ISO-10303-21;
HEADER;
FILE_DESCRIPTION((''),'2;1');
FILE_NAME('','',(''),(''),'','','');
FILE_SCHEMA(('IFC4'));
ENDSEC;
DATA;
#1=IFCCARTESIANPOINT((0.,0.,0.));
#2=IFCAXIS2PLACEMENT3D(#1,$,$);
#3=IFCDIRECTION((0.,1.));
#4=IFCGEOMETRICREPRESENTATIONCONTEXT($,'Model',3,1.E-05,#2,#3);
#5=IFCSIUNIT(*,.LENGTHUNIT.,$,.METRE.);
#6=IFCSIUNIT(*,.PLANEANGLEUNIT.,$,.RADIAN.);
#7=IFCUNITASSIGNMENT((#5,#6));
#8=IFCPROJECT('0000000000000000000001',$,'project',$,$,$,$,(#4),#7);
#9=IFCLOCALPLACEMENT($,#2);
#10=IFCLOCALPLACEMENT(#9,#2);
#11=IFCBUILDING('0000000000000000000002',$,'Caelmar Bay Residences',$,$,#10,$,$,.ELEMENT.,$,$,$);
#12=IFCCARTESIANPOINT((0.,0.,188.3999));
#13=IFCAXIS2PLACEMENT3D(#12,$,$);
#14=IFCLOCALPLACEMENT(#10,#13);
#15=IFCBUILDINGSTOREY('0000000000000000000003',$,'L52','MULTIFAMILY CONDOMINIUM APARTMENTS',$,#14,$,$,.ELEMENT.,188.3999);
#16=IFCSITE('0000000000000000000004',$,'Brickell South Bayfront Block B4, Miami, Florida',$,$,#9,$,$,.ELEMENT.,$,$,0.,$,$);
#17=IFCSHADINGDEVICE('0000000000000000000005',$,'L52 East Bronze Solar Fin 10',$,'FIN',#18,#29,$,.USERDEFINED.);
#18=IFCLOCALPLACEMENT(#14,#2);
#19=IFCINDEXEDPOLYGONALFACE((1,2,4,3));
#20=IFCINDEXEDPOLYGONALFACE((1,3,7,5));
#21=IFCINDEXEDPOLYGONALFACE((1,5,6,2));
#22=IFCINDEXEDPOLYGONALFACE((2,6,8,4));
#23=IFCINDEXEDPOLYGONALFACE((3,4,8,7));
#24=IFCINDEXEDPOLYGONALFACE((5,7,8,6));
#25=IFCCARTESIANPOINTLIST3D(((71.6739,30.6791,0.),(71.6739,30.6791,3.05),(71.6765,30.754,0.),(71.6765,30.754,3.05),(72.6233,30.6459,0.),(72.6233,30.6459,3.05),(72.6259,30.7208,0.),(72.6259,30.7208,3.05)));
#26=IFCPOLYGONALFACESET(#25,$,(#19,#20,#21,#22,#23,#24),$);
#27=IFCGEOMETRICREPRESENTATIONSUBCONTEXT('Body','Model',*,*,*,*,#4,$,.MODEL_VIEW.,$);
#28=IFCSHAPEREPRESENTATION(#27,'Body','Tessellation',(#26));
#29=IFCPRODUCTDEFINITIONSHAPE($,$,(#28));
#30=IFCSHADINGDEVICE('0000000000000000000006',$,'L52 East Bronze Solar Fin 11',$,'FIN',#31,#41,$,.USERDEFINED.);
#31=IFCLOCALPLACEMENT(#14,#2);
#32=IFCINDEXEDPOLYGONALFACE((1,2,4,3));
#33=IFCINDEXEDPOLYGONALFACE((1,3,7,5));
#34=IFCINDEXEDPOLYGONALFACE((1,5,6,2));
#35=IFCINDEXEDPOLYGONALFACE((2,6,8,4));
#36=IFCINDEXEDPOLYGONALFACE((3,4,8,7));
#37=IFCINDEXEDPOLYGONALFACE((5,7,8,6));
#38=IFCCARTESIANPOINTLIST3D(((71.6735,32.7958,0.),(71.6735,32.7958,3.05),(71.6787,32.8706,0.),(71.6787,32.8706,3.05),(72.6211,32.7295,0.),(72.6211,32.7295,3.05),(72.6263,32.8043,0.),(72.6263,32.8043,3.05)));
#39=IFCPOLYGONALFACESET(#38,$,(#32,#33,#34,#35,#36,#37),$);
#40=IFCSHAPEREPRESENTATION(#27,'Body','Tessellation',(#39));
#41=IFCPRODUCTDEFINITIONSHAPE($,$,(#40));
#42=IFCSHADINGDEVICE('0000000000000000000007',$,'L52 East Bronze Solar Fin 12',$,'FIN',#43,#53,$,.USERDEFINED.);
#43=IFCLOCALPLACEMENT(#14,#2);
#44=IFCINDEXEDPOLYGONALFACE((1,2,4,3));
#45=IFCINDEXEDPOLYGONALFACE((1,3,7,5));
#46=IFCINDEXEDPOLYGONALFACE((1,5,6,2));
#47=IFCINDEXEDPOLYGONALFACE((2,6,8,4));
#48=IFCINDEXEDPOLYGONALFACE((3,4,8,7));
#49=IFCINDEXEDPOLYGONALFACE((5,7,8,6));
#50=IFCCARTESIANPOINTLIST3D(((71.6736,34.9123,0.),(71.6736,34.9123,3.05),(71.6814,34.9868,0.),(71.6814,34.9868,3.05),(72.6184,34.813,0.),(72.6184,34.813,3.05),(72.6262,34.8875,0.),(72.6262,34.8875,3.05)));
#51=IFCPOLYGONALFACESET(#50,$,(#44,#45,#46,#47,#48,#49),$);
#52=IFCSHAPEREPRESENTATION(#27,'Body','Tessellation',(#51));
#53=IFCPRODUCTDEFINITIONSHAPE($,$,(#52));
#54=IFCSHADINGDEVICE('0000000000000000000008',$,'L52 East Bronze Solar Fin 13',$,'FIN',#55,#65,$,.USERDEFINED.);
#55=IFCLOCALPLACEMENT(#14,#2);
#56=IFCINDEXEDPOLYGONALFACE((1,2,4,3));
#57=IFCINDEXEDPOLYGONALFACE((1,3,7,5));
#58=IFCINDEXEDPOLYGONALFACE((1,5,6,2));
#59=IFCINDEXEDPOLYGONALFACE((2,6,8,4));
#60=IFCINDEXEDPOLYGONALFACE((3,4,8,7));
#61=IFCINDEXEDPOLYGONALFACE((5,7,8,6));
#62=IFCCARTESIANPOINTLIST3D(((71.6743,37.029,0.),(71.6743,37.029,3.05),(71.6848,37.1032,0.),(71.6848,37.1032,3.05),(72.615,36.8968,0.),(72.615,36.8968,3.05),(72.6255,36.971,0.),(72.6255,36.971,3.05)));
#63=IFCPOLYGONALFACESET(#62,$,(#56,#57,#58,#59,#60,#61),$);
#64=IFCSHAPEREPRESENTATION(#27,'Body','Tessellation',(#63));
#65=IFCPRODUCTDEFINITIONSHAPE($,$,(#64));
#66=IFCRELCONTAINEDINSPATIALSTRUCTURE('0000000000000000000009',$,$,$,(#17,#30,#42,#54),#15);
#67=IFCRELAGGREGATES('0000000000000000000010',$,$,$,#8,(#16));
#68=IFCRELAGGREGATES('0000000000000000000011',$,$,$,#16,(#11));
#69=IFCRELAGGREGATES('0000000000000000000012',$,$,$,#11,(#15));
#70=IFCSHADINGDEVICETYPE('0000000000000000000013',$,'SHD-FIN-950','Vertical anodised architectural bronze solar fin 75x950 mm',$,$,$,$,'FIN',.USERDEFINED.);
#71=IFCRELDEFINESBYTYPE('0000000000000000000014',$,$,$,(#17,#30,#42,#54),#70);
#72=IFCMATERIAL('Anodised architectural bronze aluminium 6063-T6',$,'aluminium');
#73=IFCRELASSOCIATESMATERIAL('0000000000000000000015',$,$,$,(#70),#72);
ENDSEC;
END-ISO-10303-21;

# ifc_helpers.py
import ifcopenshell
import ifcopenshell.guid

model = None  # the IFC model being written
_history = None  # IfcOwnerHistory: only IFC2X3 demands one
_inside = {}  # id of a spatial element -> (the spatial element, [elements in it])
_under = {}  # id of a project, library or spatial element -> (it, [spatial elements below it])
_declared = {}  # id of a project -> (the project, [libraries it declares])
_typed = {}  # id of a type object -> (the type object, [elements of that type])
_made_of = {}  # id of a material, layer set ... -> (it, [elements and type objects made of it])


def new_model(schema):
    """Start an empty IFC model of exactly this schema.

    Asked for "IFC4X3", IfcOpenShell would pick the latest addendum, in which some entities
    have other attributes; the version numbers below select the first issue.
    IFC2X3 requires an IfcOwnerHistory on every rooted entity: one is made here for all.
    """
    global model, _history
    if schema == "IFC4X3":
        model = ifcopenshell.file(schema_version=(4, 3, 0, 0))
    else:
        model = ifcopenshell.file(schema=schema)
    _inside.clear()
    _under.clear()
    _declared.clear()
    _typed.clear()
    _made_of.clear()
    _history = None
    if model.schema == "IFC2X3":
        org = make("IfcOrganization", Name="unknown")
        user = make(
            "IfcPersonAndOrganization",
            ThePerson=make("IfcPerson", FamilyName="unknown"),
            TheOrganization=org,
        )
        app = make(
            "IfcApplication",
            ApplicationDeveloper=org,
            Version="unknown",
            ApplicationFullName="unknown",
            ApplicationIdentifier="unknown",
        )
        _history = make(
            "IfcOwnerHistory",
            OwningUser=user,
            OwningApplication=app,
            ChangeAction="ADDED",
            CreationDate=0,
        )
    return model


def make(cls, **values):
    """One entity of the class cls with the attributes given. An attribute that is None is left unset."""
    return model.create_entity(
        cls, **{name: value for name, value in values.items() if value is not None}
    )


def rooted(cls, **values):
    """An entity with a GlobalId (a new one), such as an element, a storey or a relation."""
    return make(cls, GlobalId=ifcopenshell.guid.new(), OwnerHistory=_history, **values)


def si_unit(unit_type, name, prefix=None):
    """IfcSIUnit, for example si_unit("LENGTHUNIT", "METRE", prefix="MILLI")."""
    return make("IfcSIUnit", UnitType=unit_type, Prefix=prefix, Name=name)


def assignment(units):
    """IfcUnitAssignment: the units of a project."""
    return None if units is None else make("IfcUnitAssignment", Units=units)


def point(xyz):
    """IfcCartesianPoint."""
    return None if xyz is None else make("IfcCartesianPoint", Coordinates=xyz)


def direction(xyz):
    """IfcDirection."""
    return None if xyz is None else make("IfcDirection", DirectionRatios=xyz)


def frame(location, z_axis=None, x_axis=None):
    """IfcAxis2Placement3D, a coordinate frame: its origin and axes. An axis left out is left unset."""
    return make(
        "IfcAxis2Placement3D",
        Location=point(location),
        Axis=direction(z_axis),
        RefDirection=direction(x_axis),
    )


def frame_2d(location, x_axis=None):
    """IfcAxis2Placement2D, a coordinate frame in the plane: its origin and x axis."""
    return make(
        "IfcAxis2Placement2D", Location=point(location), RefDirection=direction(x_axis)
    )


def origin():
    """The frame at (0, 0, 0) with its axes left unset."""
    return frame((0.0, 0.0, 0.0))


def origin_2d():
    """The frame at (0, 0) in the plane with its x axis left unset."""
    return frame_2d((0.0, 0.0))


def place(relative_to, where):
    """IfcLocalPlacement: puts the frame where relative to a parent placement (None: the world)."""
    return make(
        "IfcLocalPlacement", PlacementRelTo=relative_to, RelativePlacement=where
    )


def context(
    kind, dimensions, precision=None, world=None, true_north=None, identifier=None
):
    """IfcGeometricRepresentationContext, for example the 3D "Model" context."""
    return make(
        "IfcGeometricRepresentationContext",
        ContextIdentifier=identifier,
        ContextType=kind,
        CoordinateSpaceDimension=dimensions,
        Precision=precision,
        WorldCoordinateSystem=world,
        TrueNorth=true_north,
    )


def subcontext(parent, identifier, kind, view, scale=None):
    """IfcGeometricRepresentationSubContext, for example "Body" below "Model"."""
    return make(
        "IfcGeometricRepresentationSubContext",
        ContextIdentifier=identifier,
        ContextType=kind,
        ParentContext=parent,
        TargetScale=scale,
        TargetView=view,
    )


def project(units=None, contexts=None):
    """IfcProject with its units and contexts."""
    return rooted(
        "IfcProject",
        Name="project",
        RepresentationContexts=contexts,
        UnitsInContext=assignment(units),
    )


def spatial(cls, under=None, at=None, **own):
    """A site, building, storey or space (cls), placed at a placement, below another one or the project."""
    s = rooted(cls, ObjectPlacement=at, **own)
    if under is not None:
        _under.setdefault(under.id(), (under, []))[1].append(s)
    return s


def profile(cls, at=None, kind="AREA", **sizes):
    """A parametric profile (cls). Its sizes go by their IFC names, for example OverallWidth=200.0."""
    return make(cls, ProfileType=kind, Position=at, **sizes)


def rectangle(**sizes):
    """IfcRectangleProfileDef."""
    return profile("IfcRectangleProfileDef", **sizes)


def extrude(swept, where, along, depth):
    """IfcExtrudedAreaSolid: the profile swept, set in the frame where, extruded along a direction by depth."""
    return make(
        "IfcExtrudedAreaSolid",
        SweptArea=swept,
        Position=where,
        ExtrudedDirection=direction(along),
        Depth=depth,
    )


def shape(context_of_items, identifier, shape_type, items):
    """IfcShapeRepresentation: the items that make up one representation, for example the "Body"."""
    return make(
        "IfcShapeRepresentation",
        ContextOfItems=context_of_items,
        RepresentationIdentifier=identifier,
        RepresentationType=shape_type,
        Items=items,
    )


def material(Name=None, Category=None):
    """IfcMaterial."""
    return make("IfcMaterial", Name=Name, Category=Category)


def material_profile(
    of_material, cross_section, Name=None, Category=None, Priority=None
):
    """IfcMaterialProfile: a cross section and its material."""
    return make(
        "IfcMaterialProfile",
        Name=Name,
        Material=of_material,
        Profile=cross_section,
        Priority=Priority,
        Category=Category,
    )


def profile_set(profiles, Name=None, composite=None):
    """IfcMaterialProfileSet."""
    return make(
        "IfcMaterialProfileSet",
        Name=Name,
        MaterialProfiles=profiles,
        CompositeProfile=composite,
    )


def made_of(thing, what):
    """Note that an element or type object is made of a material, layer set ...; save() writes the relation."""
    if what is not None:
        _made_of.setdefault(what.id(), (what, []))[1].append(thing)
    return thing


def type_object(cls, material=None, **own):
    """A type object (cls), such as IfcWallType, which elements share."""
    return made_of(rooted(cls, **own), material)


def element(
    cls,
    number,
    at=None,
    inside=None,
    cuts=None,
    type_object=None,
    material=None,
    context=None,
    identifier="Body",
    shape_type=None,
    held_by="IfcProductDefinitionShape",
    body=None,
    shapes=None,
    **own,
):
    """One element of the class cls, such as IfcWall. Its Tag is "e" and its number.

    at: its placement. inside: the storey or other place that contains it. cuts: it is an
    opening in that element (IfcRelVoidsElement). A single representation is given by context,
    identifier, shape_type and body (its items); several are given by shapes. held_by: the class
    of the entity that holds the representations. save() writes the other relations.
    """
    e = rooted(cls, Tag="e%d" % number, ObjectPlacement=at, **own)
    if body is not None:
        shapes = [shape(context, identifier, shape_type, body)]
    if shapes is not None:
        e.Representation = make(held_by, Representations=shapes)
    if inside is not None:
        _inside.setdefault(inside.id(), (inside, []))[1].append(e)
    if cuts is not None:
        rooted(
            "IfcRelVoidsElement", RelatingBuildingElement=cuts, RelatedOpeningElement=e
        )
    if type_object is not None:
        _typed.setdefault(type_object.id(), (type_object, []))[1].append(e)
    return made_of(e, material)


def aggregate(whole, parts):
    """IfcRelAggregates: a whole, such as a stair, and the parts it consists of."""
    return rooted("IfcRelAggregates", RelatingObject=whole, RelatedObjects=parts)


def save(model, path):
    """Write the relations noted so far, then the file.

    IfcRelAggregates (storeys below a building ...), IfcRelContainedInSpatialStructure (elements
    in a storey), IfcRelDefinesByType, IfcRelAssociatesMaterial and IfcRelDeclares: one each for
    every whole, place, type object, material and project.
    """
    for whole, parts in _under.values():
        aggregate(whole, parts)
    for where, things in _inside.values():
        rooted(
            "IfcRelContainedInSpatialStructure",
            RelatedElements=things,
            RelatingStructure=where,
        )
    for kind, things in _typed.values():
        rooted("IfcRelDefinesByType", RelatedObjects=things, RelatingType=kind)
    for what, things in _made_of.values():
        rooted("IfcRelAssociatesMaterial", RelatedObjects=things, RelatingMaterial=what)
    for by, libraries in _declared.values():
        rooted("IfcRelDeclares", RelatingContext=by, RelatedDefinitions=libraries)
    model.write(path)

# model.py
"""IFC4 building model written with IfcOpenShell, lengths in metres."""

from ifc_helpers import new_model, si_unit, direction, frame, origin, origin_2d, place, context, subcontext, project, spatial, rectangle, extrude, material, material_profile, profile_set, type_object, element, save


model = new_model("IFC4")

# Units and contexts
model_context = context("Model", 3, precision=1e-05, world=origin(), true_north=direction((0.0, 1.0)))
body_context = subcontext(model_context, "Body", "Model", "MODEL_VIEW")
ifc_project = project(units=[si_unit("LENGTHUNIT", "METRE"), si_unit("PLANEANGLEUNIT", "RADIAN")], contexts=[model_context])

# Site, building, storey
site_placement = place(None, origin())
site = spatial("IfcSite", under=ifc_project, at=site_placement, Name="Brickell South Bayfront Block B4, Miami, Florida", CompositionType="ELEMENT", RefElevation=0.0)
building_placement = place(site_placement, origin())
building = spatial("IfcBuilding", under=site, at=building_placement, Name="Caelmar Bay Residences", CompositionType="ELEMENT")
storey_placement = place(building_placement, frame((0.0, 0.0, 188.3999)))
storey = spatial("IfcBuildingStorey", under=building, at=storey_placement, Name="L52", Description="MULTIFAMILY CONDOMINIUM APARTMENTS", CompositionType="ELEMENT", Elevation=188.3999)

# Shading devices
ifc_material_1 = material(Name="Anodised architectural bronze aluminium 6063-T6", Category="aluminium")
ifc_material_profile_1 = material_profile(ifc_material_1, rectangle(XDim=0.075, YDim=0.95, at=origin_2d()), Name="BRONZE-FIN-75X950")
ifc_profile_set_1 = profile_set([ifc_material_profile_1], Name="Anodised architectural bronze aluminium 6063-T6")
shading_device_type = type_object("IfcShadingDeviceType", Name="SHD-FIN-950", Description="Vertical anodised architectural bronze solar fin 75x950 mm", ElementType="FIN", PredefinedType="USERDEFINED", material=ifc_profile_set_1)
for number, where, z_axis, x_axis, name in (
    (1, (72.1499, 30.7, 0.0), (0.0, 0.0, 1.0), (0.034899, 0.999391, 0.0), "L52 East Bronze Solar Fin 10"),
    (2, (72.1499, 32.8, 0.0), (0.0, 0.0, 1.0), (0.069756, 0.997564, 0.0), "L52 East Bronze Solar Fin 11"),
    (3, (72.1499, 34.8999, 0.0), (0.0, 0.0, 1.0), (0.104528, 0.994522, 0.0), "L52 East Bronze Solar Fin 12"),
    (4, (72.1499, 37.0, 0.0), (0.0, 0.0, 1.0), (0.139173, 0.990268, 0.0), "L52 East Bronze Solar Fin 13"),
):
    element("IfcShadingDevice", number, at=place(storey_placement, frame(where, z_axis=z_axis, x_axis=x_axis)), inside=storey, type_object=shading_device_type, Name=name, ObjectType="FIN", PredefinedType="USERDEFINED", context=body_context, shape_type="SweptSolid", body=[
        extrude(rectangle(XDim=0.075, YDim=0.95, at=origin_2d()), origin(), (0.0, 0.0, 1.0), 3.05),
    ])

save(model, "model.ifc")
